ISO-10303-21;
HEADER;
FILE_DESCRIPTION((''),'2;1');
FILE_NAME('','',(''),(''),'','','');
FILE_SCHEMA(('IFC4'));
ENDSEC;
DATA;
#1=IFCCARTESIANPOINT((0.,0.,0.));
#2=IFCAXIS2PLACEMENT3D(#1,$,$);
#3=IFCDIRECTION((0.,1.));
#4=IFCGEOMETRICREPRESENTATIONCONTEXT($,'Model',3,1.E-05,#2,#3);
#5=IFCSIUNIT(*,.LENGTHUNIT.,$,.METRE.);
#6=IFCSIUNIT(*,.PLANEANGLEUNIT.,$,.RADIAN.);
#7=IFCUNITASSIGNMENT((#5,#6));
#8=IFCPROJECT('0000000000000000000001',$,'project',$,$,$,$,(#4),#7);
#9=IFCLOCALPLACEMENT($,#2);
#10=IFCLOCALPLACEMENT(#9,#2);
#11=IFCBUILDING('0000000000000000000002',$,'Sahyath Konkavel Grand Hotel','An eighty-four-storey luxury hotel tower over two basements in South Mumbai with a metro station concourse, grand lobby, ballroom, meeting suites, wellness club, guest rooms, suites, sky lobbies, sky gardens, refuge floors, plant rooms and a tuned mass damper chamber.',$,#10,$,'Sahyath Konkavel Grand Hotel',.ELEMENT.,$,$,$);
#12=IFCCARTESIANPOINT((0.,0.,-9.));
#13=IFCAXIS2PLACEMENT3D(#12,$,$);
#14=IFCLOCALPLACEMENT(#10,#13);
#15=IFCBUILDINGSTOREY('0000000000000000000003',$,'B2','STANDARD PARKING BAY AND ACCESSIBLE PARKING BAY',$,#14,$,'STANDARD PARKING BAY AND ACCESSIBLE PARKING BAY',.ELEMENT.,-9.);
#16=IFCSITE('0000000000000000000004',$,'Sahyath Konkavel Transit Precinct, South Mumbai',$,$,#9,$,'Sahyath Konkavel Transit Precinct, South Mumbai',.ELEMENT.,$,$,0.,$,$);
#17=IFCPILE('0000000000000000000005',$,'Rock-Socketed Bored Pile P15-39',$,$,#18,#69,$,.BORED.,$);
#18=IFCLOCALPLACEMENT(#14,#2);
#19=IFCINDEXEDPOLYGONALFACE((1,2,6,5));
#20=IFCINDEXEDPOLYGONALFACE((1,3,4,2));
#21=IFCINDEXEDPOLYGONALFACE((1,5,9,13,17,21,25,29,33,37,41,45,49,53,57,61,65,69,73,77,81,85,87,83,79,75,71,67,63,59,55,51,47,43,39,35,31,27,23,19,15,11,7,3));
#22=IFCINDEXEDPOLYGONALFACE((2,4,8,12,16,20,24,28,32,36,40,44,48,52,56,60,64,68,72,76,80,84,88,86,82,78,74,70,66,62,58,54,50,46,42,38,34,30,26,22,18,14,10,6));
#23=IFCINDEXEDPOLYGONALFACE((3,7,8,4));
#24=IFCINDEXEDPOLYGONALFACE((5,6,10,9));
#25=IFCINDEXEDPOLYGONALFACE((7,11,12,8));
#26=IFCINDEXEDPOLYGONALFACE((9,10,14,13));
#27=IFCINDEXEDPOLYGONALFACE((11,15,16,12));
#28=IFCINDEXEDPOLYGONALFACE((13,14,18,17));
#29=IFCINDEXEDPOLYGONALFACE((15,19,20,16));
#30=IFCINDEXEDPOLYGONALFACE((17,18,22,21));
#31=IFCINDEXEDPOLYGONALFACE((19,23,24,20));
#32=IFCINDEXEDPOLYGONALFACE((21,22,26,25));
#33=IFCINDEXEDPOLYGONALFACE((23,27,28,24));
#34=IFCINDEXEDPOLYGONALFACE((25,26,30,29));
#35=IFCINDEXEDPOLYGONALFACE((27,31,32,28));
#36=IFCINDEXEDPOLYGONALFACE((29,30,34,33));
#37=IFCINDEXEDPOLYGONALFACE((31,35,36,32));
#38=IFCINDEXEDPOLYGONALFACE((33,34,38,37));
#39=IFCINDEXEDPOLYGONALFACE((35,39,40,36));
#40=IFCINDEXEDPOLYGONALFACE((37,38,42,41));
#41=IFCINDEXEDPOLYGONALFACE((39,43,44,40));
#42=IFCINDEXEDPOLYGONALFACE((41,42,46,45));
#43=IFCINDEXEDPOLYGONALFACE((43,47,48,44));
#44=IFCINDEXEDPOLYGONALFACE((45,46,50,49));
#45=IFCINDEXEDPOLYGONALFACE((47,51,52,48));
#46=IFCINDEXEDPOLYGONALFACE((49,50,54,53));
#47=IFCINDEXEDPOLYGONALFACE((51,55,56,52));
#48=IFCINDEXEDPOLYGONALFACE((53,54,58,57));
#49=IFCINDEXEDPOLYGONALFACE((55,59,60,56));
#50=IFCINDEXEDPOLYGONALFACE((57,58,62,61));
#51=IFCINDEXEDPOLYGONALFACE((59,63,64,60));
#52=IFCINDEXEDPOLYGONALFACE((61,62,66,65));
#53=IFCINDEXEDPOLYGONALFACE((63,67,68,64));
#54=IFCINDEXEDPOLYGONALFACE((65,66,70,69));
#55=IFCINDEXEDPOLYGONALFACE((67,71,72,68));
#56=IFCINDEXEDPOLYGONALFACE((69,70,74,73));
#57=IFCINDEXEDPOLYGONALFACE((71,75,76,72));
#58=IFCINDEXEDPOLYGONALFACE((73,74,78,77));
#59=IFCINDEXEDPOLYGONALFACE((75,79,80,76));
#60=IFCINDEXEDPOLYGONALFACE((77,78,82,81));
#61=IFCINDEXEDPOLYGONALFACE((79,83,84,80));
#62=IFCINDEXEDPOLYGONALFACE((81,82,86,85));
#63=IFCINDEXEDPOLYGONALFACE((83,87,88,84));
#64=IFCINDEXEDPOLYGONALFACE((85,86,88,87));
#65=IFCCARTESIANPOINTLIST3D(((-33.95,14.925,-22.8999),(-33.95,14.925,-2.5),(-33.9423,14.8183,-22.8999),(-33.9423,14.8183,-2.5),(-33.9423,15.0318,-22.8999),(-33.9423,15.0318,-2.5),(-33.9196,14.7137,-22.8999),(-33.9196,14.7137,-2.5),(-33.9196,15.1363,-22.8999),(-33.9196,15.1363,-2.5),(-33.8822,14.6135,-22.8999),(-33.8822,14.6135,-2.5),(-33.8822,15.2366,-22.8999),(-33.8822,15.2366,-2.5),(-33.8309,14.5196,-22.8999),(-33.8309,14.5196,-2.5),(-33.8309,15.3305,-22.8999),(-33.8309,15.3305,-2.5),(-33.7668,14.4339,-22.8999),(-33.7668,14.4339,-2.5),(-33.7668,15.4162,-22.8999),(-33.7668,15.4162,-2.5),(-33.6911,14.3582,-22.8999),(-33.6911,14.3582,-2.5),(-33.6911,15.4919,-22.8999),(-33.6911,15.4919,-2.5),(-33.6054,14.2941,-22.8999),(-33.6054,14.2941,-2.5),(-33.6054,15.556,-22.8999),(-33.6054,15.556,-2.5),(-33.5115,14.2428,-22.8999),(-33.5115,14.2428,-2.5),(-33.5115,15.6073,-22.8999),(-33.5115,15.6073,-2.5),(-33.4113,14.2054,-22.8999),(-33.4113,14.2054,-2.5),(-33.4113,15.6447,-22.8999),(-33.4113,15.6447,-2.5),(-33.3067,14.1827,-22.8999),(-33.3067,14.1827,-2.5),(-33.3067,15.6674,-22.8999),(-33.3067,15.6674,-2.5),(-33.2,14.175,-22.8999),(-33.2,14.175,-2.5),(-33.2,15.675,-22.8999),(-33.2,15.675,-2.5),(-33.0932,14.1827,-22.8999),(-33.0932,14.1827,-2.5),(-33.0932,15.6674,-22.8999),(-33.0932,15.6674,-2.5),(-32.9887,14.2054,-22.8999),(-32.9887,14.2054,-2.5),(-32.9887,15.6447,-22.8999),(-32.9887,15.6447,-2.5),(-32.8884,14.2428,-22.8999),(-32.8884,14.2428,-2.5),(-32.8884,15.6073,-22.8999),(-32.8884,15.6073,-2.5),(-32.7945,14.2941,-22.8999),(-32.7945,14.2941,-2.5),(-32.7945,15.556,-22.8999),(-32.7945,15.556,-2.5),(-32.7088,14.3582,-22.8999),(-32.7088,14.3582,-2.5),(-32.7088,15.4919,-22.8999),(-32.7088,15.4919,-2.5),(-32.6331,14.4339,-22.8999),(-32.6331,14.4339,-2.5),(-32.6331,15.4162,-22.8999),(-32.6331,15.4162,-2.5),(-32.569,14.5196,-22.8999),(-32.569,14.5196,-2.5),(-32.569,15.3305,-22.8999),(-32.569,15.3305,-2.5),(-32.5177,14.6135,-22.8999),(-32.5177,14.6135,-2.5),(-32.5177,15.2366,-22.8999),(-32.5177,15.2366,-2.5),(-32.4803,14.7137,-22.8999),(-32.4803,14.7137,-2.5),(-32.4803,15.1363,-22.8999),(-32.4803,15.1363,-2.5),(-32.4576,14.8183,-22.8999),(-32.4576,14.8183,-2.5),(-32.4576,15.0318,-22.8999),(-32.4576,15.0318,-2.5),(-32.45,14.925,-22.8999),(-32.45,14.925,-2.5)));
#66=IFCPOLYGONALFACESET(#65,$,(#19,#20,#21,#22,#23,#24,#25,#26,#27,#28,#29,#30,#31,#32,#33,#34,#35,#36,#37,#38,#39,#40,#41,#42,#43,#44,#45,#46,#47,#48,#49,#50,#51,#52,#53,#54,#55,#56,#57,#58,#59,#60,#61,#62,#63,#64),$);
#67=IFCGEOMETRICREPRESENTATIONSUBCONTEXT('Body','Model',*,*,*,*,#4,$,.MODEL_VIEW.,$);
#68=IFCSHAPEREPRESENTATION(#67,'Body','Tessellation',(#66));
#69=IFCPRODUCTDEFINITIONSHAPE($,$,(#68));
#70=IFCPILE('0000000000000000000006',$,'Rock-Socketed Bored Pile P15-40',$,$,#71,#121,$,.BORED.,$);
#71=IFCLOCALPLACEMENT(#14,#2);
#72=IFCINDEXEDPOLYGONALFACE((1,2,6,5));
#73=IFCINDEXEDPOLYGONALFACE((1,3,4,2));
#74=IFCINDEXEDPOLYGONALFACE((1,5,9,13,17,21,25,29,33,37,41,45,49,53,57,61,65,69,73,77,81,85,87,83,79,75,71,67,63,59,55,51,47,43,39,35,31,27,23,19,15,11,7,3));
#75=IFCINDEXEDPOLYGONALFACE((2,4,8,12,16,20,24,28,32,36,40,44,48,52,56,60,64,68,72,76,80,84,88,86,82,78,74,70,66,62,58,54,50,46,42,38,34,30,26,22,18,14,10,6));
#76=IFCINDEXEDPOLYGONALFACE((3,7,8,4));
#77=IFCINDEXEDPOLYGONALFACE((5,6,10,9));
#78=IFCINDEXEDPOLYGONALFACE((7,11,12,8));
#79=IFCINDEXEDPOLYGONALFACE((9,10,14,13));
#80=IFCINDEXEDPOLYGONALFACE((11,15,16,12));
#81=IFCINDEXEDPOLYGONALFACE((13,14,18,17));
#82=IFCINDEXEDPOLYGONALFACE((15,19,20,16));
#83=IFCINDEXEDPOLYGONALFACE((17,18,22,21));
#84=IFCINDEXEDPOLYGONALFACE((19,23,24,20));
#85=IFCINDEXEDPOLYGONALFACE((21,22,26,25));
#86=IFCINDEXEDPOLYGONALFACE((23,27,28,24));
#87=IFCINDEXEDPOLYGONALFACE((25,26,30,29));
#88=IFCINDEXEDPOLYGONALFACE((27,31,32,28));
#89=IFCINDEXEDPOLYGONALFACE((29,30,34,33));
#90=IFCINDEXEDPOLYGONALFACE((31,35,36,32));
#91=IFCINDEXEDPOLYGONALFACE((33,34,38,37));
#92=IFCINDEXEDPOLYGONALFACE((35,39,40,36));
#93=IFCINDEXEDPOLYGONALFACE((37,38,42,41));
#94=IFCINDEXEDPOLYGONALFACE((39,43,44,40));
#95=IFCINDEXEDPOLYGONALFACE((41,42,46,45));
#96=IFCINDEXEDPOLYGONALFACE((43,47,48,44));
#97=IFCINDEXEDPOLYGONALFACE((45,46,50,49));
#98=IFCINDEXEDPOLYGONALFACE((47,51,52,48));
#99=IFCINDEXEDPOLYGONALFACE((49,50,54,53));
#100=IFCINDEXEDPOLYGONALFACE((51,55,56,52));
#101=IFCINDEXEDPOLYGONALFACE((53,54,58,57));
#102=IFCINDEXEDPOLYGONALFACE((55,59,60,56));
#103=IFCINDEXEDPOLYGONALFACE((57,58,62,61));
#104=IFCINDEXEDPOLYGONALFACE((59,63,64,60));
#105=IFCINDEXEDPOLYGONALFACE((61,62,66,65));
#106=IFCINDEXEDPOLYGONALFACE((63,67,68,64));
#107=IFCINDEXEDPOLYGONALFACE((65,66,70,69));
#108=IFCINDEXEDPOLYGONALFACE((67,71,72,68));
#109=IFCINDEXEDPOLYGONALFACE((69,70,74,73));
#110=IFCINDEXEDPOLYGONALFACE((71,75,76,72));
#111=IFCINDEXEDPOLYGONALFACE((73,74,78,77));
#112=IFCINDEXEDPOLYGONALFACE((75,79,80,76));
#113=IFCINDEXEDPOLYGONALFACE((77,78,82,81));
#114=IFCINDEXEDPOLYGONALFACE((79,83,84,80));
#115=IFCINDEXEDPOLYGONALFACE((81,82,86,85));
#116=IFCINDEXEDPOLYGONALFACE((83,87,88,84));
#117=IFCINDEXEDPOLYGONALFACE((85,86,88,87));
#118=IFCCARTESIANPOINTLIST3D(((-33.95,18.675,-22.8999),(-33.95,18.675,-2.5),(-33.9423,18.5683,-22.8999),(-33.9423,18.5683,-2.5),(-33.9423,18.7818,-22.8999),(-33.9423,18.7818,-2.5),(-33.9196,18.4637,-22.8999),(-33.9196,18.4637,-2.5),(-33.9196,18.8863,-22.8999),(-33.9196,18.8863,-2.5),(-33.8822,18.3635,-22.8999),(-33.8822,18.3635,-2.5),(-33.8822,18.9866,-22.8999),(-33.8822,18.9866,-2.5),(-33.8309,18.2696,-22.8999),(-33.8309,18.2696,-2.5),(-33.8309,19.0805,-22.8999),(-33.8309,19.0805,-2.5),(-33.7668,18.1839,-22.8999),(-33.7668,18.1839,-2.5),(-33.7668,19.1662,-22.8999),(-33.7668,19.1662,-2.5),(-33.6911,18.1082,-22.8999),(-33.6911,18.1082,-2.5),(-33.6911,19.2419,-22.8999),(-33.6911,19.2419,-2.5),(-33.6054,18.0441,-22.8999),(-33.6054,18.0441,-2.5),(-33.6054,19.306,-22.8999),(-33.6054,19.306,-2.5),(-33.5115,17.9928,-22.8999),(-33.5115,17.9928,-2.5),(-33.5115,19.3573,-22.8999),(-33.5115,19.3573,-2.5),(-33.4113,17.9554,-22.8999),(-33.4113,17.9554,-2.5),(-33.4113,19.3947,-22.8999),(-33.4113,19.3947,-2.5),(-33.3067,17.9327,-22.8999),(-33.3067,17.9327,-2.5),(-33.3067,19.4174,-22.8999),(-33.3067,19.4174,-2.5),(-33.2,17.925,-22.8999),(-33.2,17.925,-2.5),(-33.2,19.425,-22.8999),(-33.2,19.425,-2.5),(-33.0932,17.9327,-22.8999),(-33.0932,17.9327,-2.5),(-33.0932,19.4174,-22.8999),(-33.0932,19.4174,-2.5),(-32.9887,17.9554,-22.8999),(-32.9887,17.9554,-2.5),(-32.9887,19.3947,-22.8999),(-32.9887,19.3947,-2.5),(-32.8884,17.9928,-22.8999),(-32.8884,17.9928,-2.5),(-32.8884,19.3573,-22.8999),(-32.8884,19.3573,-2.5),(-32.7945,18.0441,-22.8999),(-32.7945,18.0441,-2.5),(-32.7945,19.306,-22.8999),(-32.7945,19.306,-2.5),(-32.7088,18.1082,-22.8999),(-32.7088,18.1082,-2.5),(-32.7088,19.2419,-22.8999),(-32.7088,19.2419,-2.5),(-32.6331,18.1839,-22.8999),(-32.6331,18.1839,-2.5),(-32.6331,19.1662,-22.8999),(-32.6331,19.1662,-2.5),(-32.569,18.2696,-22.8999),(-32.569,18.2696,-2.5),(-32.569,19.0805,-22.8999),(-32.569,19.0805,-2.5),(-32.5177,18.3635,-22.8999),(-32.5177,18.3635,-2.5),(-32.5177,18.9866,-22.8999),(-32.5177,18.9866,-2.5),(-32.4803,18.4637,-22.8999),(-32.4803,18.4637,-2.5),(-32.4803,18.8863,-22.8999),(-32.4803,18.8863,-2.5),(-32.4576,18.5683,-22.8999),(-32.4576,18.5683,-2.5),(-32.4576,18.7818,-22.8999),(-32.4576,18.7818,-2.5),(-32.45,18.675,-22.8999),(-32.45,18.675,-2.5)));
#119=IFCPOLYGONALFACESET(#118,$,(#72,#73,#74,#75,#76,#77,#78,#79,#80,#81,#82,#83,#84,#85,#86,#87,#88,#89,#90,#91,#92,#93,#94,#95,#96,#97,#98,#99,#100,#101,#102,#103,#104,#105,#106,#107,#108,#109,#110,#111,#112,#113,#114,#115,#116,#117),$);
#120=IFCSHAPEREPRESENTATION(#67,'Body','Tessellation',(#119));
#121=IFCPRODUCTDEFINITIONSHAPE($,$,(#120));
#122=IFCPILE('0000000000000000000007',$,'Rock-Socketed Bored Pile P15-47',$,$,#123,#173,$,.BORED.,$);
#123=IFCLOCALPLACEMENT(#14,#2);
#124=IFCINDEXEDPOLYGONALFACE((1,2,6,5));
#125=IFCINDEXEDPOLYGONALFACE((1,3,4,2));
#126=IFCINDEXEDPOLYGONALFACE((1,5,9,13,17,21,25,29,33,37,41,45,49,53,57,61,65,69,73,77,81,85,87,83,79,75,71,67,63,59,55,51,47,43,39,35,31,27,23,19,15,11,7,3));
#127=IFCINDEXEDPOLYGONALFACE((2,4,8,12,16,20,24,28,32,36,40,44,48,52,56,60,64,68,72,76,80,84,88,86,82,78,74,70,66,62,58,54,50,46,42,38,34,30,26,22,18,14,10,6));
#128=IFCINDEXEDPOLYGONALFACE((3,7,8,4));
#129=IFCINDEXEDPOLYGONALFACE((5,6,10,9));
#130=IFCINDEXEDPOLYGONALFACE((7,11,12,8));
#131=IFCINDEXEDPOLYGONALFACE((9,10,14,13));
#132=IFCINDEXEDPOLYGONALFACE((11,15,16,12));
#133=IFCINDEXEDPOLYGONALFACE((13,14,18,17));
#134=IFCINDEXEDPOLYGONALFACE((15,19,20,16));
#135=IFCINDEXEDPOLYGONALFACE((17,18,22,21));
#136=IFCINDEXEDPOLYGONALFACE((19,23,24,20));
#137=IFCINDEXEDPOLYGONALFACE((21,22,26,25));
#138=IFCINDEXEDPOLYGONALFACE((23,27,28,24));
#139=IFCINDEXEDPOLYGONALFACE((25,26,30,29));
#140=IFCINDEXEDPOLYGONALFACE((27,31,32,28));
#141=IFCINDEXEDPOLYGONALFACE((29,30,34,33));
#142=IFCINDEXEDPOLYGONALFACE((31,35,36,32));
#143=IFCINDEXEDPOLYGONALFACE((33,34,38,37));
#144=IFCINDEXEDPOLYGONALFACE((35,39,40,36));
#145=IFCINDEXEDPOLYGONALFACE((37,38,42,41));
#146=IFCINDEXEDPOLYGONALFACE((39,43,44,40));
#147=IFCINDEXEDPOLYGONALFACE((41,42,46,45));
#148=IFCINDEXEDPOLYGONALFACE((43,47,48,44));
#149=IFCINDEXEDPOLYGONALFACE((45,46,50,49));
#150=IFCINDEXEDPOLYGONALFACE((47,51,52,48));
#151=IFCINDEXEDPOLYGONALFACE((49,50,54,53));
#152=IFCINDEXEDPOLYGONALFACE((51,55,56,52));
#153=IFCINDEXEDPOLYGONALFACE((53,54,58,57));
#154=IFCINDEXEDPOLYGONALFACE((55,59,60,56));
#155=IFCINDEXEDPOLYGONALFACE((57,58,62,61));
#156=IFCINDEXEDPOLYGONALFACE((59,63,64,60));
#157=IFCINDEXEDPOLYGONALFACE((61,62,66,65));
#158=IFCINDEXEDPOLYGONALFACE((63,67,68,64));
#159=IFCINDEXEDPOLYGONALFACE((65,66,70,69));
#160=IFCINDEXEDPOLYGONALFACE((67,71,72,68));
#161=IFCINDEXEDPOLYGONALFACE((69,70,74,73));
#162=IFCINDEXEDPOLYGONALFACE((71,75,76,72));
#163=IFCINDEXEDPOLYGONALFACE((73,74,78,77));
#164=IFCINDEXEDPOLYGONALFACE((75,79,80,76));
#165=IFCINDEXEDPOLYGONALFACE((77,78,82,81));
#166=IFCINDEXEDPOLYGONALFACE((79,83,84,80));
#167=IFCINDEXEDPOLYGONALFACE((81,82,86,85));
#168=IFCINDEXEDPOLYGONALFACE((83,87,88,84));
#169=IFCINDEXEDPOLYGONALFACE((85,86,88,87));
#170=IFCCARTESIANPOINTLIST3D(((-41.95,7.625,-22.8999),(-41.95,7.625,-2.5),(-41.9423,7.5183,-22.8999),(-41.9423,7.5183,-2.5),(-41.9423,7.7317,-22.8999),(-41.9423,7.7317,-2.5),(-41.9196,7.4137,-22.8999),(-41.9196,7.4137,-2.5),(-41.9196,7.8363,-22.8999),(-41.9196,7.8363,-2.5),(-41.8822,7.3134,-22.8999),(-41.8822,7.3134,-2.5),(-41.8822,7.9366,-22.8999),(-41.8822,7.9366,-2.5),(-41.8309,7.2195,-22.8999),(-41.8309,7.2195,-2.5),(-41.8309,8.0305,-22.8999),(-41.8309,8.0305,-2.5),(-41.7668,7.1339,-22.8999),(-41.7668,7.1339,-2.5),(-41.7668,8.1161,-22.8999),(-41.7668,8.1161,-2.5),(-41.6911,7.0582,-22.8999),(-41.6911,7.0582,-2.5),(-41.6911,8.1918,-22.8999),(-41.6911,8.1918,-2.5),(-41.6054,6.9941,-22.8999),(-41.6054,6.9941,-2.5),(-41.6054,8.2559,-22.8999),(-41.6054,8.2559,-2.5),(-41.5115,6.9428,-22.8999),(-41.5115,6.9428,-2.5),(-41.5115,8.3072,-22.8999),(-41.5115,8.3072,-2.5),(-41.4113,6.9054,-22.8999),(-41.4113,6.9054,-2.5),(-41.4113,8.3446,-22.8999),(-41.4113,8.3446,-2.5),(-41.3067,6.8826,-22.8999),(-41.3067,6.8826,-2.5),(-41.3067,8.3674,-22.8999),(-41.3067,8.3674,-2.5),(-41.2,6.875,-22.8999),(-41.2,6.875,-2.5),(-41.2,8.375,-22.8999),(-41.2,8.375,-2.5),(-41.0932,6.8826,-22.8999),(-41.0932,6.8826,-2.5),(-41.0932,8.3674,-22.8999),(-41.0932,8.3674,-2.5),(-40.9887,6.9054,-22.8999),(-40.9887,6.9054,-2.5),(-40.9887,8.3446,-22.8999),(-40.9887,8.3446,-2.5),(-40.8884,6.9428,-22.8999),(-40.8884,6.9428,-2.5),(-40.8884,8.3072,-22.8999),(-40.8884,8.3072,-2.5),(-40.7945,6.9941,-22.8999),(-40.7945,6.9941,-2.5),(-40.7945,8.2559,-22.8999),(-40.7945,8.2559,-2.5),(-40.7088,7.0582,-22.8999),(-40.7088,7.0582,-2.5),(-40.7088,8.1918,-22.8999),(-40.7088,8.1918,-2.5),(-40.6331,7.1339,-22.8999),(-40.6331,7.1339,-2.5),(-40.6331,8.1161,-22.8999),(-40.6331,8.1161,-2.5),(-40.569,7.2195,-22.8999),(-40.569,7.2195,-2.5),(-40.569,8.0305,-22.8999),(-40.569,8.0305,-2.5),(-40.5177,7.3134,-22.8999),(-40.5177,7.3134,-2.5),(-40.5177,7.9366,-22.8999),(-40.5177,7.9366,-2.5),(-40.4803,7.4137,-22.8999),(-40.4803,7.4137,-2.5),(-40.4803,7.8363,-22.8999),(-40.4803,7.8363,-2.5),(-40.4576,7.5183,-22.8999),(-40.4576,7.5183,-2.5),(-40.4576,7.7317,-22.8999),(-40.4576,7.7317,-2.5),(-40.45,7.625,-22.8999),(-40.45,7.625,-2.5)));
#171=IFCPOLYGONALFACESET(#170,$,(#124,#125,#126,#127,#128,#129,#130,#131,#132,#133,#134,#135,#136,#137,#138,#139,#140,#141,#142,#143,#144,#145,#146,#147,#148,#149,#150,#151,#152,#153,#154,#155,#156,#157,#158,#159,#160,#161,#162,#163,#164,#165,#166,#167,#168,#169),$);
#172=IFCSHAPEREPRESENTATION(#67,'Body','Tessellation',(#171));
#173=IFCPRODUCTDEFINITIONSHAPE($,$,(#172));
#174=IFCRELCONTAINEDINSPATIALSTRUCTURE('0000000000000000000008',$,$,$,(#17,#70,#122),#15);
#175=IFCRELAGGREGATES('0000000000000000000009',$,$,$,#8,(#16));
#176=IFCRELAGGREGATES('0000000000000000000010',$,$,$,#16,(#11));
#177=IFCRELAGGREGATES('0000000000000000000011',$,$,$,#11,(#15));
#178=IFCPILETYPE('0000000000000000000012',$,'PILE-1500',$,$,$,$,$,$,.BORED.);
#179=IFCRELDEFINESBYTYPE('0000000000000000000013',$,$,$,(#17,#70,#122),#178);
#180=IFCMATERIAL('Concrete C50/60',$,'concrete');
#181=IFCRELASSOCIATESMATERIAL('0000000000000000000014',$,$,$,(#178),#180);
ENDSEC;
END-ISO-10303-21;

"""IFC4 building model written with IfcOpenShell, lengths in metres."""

from ifc_helpers import new_model, si_unit, direction, frame, origin, origin_2d, place, context, subcontext, project, spatial, circle, extrude, material, material_profile, profile_set, type_object, element, save


model = new_model("IFC4")

# Units and contexts
model_context = context("Model", 3, precision=1e-05, world=origin(), true_north=direction((0.0, 1.0)))
body_context = subcontext(model_context, "Body", "Model", "MODEL_VIEW")
ifc_project = project(units=[si_unit("LENGTHUNIT", "METRE"), si_unit("PLANEANGLEUNIT", "RADIAN")], contexts=[model_context])

# Site, building, storey
site_placement = place(None, origin())
site = spatial("IfcSite", under=ifc_project, at=site_placement, Name="Sahyath Konkavel Transit Precinct, South Mumbai", LongName="Sahyath Konkavel Transit Precinct, South Mumbai", CompositionType="ELEMENT", RefElevation=0.0)
building_placement = place(site_placement, origin())
building = spatial("IfcBuilding", under=site, at=building_placement, Name="Sahyath Konkavel Grand Hotel", Description="An eighty-four-storey luxury hotel tower over two basements in South Mumbai with a metro station concourse, grand lobby, ballroom, meeting suites, wellness club, guest rooms, suites, sky lobbies, sky gardens, refuge floors, plant rooms and a tuned mass damper chamber.", LongName="Sahyath Konkavel Grand Hotel", CompositionType="ELEMENT")
storey_placement = place(building_placement, frame((0.0, 0.0, -9.0)))
storey = spatial("IfcBuildingStorey", under=building, at=storey_placement, Name="B2", Description="STANDARD PARKING BAY AND ACCESSIBLE PARKING BAY", LongName="STANDARD PARKING BAY AND ACCESSIBLE PARKING BAY", CompositionType="ELEMENT", Elevation=-9.0)

# Piles
ifc_material_1 = material(Name="Concrete C50/60", Category="concrete")
ifc_material_profile_1 = material_profile(ifc_material_1, circle(Radius=0.75, at=origin_2d()), Name="PILE D1500")
ifc_profile_set_1 = profile_set([ifc_material_profile_1], Name="Concrete C50/60")
pile_type = type_object("IfcPileType", Name="PILE-1500", PredefinedType="BORED", material=ifc_profile_set_1)
for number, where, z_axis, x_axis, name in (
    (1, (-33.2, 14.925, -2.5), (0.0, 0.0, -1.0), (1.0, 0.0, 0.0), "Rock-Socketed Bored Pile P15-39"),
    (2, (-33.2, 18.675, -2.5), (0.0, 0.0, -1.0), (1.0, 0.0, 0.0), "Rock-Socketed Bored Pile P15-40"),
    (3, (-41.2, 7.625, -2.5), (0.0, 0.0, -1.0), (1.0, 0.0, 0.0), "Rock-Socketed Bored Pile P15-47"),
):
    element("IfcPile", number, at=place(storey_placement, frame(where, z_axis=z_axis, x_axis=x_axis)), inside=storey, type_object=pile_type, Name=name, PredefinedType="BORED", context=body_context, shape_type="SweptSolid", body=[
        extrude(circle(Radius=0.75, at=origin_2d()), origin(), (0.0, 0.0, 1.0), 20.3999),
    ])

save(model, "model.ifc")
